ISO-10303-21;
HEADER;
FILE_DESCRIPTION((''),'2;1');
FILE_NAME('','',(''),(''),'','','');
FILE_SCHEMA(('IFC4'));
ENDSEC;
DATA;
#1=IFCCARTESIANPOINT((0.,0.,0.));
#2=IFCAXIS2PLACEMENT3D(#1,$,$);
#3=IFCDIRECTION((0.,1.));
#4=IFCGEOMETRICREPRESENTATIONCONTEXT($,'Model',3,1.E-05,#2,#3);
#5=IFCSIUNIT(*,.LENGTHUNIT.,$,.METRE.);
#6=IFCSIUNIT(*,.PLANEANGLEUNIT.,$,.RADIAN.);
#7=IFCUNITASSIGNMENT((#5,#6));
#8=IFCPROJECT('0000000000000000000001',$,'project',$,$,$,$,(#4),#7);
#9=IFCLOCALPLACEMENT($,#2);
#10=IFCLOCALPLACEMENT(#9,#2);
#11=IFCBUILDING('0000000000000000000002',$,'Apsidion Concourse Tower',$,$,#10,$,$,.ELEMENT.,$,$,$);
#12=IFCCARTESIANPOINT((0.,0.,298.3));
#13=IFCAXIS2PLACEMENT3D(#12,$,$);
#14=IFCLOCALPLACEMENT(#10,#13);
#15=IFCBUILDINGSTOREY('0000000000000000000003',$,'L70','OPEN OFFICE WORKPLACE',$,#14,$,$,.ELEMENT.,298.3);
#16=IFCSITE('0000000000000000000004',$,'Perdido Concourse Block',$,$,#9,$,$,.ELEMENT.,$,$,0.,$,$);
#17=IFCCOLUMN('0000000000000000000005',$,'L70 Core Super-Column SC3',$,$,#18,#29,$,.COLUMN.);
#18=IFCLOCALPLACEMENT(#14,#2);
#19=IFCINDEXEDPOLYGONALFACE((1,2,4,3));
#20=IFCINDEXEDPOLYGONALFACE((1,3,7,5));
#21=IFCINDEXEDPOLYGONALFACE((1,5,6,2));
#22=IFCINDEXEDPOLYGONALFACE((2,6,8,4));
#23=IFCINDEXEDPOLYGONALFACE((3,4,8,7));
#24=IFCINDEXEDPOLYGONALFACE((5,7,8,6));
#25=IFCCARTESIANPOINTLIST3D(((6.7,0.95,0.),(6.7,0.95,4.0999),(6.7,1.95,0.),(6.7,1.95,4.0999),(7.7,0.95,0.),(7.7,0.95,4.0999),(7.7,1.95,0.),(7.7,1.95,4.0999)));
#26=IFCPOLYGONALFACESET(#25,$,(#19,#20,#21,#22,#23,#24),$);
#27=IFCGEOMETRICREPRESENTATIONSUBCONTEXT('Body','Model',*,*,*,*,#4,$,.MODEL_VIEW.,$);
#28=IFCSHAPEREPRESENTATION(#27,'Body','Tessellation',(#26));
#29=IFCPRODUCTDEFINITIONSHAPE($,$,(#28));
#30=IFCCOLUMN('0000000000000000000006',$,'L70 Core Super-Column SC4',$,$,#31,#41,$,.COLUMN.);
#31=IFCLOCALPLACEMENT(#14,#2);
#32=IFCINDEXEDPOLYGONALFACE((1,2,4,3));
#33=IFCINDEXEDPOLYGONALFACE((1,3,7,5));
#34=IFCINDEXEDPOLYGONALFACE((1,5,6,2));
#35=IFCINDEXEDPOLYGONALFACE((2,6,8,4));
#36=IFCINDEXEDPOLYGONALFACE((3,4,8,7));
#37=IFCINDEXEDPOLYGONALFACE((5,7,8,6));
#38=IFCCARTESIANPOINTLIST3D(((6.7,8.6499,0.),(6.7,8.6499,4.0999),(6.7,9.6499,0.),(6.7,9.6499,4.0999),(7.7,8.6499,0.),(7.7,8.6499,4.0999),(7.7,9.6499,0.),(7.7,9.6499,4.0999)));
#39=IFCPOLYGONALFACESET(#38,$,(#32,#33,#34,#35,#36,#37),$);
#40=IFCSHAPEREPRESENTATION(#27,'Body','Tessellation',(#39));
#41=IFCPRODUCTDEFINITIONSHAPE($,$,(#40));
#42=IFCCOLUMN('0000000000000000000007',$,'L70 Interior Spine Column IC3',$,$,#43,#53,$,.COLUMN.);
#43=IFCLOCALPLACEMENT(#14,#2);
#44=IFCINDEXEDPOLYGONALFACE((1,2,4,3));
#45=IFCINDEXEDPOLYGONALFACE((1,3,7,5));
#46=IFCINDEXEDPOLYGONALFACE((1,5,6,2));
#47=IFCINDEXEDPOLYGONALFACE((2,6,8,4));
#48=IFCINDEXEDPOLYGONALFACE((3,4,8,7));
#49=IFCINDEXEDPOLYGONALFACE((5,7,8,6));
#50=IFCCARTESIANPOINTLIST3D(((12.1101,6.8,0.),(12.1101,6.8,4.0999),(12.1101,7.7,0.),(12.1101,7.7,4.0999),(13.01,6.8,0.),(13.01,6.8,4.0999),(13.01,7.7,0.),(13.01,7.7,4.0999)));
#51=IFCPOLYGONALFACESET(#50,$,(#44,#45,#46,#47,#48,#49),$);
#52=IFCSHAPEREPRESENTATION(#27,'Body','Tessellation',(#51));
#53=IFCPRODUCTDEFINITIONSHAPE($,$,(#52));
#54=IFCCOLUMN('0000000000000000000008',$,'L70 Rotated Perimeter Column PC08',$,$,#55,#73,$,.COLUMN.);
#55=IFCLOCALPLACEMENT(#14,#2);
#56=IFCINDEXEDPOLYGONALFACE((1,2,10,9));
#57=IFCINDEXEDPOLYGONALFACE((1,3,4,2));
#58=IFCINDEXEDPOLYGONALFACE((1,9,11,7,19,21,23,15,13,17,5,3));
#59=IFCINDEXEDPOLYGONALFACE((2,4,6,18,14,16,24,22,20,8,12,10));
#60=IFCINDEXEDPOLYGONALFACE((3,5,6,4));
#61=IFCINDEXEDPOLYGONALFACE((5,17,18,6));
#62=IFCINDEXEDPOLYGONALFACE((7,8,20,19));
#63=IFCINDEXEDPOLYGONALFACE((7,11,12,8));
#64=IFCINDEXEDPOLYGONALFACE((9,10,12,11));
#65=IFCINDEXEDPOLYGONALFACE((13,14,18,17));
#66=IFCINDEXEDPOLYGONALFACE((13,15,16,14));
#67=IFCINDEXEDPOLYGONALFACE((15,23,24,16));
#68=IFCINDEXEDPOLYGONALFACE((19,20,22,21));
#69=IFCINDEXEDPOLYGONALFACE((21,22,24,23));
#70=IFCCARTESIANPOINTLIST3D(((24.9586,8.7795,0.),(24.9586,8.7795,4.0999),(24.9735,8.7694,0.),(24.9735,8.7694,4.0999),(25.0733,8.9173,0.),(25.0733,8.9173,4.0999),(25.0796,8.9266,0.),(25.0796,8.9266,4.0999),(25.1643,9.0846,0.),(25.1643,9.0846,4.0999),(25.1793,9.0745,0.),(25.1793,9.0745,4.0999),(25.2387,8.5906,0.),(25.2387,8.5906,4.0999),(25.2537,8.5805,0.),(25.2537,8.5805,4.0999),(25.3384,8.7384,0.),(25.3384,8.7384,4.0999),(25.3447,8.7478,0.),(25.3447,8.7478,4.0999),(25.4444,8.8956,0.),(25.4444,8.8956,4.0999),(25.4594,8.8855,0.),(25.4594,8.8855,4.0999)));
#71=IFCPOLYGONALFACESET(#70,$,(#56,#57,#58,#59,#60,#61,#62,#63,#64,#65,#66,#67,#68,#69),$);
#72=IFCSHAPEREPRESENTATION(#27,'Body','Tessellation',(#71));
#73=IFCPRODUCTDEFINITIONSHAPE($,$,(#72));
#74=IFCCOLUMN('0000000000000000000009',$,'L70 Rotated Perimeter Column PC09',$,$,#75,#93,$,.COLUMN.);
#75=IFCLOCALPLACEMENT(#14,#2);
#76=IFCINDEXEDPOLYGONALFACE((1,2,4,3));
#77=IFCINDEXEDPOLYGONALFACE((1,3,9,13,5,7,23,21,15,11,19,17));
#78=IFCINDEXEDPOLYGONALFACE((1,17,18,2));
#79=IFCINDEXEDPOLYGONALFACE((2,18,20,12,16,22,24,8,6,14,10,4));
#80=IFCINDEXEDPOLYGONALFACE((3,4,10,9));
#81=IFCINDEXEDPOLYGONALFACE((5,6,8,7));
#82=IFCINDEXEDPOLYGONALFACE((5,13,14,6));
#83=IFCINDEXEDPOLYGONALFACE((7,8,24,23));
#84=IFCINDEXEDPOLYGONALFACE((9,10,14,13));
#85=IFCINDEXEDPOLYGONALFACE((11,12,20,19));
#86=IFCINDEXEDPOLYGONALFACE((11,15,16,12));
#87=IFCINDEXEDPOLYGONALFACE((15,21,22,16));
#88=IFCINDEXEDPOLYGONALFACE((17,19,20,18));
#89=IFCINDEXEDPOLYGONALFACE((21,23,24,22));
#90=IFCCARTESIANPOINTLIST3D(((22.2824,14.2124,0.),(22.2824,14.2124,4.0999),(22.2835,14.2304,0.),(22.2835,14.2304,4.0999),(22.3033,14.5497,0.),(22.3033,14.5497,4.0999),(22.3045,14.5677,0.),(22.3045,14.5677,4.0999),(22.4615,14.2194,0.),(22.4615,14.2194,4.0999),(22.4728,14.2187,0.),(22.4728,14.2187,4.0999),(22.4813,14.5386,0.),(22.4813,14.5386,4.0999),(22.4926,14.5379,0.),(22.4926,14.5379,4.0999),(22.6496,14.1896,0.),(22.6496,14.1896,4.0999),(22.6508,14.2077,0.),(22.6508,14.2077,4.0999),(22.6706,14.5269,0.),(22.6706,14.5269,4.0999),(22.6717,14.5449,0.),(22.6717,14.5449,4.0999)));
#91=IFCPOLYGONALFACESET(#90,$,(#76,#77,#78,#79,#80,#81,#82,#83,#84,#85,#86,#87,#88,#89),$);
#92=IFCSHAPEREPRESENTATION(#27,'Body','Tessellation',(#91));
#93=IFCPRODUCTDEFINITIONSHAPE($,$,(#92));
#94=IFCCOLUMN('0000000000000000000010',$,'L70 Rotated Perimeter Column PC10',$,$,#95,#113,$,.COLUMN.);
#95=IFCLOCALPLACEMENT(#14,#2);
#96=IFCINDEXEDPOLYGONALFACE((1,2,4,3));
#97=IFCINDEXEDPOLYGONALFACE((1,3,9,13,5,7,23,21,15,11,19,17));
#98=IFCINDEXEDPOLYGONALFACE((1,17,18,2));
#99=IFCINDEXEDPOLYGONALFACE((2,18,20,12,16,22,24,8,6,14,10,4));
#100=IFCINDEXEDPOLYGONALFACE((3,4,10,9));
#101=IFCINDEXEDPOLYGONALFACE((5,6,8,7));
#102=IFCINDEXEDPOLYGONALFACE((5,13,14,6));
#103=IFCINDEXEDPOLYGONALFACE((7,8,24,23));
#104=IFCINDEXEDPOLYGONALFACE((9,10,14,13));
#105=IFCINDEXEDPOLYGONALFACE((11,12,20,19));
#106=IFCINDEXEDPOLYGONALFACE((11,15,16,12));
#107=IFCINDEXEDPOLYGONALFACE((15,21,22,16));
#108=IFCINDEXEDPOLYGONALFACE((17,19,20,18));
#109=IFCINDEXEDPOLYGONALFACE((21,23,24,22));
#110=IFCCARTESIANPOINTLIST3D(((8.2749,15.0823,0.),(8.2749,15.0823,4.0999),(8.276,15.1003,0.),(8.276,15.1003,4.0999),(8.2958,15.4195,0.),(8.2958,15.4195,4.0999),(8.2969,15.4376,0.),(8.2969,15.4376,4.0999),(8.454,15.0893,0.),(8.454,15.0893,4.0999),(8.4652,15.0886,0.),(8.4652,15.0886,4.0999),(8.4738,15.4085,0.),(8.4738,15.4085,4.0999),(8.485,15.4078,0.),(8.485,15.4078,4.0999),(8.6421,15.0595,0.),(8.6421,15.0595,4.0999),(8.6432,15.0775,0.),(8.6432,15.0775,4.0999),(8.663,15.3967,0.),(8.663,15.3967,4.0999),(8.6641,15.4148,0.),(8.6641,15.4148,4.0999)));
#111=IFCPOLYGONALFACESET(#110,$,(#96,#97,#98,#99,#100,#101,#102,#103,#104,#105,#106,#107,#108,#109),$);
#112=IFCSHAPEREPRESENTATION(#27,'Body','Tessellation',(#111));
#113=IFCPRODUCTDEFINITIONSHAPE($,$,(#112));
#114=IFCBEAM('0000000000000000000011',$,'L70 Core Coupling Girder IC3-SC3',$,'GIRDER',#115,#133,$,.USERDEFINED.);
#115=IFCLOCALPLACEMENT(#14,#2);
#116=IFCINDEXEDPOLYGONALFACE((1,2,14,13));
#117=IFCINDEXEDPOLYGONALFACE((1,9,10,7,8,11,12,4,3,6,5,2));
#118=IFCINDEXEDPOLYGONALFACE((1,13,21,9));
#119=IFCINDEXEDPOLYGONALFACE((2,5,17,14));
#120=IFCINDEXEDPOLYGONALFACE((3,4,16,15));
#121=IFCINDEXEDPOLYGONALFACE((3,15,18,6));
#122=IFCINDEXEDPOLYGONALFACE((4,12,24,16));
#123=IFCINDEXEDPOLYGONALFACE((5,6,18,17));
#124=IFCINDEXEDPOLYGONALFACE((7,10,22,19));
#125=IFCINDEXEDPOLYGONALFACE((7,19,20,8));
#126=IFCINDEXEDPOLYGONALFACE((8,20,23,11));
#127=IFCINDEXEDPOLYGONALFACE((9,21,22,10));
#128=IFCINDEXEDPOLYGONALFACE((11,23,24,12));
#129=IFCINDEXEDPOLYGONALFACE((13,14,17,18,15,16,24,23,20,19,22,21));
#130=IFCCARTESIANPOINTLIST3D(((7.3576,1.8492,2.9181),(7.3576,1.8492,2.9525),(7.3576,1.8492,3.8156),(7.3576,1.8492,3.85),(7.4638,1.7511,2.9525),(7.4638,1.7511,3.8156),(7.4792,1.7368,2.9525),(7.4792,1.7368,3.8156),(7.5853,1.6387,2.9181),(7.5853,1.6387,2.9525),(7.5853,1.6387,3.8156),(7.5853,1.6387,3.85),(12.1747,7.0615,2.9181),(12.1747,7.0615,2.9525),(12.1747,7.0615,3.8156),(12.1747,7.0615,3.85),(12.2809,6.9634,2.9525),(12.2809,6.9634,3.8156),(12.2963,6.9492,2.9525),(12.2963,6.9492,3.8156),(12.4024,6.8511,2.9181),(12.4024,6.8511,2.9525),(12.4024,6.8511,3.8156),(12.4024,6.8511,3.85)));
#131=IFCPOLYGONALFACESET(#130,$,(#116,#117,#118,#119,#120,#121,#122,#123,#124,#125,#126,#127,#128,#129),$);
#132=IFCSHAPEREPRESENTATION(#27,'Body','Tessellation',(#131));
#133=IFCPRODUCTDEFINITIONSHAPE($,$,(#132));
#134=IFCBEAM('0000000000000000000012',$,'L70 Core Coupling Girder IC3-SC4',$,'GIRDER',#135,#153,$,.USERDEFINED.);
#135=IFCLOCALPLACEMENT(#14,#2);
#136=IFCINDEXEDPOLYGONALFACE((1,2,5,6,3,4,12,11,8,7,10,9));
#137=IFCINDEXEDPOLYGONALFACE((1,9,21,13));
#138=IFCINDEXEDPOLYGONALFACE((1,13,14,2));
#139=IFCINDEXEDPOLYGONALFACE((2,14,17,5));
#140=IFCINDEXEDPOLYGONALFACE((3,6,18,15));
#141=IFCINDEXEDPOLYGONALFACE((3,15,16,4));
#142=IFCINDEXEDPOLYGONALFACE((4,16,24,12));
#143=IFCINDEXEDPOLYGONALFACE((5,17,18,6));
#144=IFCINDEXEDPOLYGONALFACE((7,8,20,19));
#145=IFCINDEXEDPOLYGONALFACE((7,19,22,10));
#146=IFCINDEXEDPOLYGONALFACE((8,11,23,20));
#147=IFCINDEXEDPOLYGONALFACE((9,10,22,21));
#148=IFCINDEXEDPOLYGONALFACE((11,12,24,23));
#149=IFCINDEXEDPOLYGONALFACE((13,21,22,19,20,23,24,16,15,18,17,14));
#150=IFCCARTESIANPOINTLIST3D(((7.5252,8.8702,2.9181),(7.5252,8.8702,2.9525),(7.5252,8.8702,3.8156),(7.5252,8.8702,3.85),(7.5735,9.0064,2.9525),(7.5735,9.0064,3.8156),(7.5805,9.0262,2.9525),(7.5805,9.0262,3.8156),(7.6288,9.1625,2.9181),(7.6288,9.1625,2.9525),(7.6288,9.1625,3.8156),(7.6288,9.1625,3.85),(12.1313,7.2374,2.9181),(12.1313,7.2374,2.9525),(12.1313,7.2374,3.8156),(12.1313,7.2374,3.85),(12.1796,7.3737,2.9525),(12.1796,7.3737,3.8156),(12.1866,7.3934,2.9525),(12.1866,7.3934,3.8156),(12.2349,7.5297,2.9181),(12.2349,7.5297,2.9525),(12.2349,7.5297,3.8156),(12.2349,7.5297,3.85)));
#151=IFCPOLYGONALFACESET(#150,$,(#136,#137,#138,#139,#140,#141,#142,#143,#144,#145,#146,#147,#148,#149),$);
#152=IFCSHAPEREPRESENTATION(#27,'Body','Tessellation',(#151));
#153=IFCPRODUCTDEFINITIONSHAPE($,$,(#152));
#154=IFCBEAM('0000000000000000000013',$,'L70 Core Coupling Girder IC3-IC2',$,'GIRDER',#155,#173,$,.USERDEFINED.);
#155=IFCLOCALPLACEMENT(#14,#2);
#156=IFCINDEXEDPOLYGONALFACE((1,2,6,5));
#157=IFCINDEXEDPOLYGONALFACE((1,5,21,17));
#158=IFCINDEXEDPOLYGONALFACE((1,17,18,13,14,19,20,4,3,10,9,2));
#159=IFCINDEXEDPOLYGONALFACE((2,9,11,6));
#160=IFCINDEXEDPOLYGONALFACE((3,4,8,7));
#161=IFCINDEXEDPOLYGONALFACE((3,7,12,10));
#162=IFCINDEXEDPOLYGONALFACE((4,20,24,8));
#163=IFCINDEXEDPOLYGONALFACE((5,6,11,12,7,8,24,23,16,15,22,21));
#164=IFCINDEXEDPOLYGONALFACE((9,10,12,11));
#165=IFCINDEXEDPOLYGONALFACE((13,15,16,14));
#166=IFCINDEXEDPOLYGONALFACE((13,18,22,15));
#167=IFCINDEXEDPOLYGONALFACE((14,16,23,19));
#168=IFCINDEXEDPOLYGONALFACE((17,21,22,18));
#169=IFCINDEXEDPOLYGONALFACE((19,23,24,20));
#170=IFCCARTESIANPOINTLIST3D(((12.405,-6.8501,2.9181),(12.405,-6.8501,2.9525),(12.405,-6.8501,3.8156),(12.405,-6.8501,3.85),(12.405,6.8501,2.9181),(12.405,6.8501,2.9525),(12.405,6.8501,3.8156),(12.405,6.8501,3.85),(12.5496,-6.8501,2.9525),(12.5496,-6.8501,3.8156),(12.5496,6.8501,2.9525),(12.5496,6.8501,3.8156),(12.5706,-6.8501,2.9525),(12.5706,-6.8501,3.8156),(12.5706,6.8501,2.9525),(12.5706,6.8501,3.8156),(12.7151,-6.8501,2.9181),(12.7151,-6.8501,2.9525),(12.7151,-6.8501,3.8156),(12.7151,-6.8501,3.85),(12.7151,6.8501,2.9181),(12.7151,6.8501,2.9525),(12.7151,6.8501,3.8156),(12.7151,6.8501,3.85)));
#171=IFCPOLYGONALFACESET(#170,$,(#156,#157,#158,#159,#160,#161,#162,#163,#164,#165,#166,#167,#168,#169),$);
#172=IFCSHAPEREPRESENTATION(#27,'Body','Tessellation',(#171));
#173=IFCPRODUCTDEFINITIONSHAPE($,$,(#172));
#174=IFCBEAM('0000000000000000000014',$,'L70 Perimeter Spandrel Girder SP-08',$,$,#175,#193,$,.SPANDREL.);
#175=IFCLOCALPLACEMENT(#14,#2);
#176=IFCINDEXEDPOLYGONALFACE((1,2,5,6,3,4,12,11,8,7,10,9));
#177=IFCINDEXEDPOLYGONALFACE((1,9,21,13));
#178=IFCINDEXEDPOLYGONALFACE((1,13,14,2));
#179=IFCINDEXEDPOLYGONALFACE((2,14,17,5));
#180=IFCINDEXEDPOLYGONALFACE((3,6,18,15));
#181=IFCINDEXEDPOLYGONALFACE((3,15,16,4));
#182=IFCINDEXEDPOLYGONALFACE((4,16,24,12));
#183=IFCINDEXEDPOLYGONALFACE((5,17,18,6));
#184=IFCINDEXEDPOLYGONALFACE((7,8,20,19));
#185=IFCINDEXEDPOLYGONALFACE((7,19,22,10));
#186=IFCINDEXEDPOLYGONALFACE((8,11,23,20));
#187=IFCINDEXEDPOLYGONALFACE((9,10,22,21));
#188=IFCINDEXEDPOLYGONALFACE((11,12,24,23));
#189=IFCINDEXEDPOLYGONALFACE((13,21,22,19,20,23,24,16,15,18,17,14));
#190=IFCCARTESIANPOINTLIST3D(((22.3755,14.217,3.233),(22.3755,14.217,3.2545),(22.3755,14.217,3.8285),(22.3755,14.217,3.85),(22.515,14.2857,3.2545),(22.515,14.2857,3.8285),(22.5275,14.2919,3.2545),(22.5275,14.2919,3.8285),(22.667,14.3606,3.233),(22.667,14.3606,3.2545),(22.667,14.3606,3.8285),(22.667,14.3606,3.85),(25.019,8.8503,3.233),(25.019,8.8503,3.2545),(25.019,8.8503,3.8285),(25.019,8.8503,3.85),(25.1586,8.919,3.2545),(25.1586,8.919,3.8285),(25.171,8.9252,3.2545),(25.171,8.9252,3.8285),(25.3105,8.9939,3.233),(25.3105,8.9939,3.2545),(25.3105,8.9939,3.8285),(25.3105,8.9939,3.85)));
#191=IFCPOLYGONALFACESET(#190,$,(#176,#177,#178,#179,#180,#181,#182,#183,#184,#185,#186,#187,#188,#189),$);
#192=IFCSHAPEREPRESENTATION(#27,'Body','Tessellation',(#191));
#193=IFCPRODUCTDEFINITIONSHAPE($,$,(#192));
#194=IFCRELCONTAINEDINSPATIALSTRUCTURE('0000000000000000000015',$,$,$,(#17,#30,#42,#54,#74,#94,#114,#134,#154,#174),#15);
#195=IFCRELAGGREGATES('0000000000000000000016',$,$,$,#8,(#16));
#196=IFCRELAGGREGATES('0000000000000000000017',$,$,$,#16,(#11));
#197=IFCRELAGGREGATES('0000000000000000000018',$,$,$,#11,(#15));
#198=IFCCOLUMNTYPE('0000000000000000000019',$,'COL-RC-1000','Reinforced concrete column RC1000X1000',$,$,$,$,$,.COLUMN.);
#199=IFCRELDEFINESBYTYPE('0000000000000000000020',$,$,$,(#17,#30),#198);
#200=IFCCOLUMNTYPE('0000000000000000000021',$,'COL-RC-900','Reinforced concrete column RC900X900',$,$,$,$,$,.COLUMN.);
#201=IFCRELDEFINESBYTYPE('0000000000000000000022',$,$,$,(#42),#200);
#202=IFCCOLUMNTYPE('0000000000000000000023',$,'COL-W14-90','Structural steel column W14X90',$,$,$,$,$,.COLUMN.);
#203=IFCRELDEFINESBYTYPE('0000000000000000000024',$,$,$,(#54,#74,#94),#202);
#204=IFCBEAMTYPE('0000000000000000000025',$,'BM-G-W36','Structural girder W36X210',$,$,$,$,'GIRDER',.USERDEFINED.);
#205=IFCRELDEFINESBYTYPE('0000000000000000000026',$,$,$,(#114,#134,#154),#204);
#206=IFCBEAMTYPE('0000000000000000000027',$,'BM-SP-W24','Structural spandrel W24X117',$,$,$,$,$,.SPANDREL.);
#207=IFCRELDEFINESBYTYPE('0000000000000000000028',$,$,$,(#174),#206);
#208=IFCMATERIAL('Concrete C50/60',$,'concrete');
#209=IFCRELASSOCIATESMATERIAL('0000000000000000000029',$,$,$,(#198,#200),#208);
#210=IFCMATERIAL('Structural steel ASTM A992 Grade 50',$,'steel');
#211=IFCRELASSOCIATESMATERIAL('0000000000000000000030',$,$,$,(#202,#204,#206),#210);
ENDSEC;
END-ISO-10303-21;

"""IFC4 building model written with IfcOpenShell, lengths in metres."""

from ifc_helpers import new_model, si_unit, direction, frame, origin, origin_2d, place, context, subcontext, project, spatial, rectangle, i_section, extrude, material, material_profile, profile_set, type_object, element, save


model = new_model("IFC4")

# Units and contexts
model_context = context("Model", 3, precision=1e-05, world=origin(), true_north=direction((0.0, 1.0)))
body_context = subcontext(model_context, "Body", "Model", "MODEL_VIEW")
ifc_project = project(units=[si_unit("LENGTHUNIT", "METRE"), si_unit("PLANEANGLEUNIT", "RADIAN")], contexts=[model_context])

# Site, building, storey
site_placement = place(None, origin())
site = spatial("IfcSite", under=ifc_project, at=site_placement, Name="Perdido Concourse Block", CompositionType="ELEMENT", RefElevation=0.0)
building_placement = place(site_placement, origin())
building = spatial("IfcBuilding", under=site, at=building_placement, Name="Apsidion Concourse Tower", CompositionType="ELEMENT")
storey_placement = place(building_placement, frame((0.0, 0.0, 298.3)))
storey = spatial("IfcBuildingStorey", under=building, at=storey_placement, Name="L70", Description="OPEN OFFICE WORKPLACE", CompositionType="ELEMENT", Elevation=298.3)

# Columns
ifc_material_1 = material(Name="Concrete C50/60", Category="concrete")
ifc_material_profile_1 = material_profile(ifc_material_1, rectangle(XDim=1.0, YDim=1.0, at=origin_2d()), Name="RC 1000x1000")
ifc_profile_set_1 = profile_set([ifc_material_profile_1], Name="Concrete C50/60")
column_type_1 = type_object("IfcColumnType", Name="COL-RC-1000", Description="Reinforced concrete column RC1000X1000", PredefinedType="COLUMN", material=ifc_profile_set_1)
for number, where, z_axis, x_axis, name in (
    (1, (7.2, 1.45, 0.0), (0.0, 0.0, 1.0), (1.0, 0.0, 0.0), "L70 Core Super-Column SC3"),
    (2, (7.2, 9.1499, 0.0), (0.0, 0.0, 1.0), (1.0, 0.0, 0.0), "L70 Core Super-Column SC4"),
):
    element("IfcColumn", number, at=place(storey_placement, frame(where, z_axis=z_axis, x_axis=x_axis)), inside=storey, type_object=column_type_1, Name=name, PredefinedType="COLUMN", context=body_context, shape_type="SweptSolid", body=[
        extrude(rectangle(XDim=1.0, YDim=1.0, at=origin_2d()), origin(), (0.0, 0.0, 1.0), 4.0999),
    ])
ifc_material_profile_2 = material_profile(ifc_material_1, rectangle(XDim=0.8999, YDim=0.8999, at=origin_2d()), Name="RC 900x900")
ifc_profile_set_2 = profile_set([ifc_material_profile_2], Name="Concrete C50/60")
column_type_2 = type_object("IfcColumnType", Name="COL-RC-900", Description="Reinforced concrete column RC900X900", PredefinedType="COLUMN", material=ifc_profile_set_2)
column_placement = place(storey_placement, frame((12.5601, 7.25, 0.0), z_axis=(0.0, 0.0, 1.0), x_axis=(1.0, 0.0, 0.0)))
element("IfcColumn", 3, at=column_placement, inside=storey, type_object=column_type_2, Name="L70 Interior Spine Column IC3", PredefinedType="COLUMN", context=body_context, shape_type="SweptSolid", body=[
    extrude(rectangle(XDim=0.8999, YDim=0.8999, at=origin_2d()), origin(), (0.0, 0.0, 1.0), 4.0999),
])
ifc_material_2 = material(Name="Structural steel ASTM A992 Grade 50", Category="steel")
ifc_material_profile_3 = material_profile(ifc_material_2, i_section(OverallWidth=0.3679, OverallDepth=0.356, WebThickness=0.0112, FlangeThickness=0.0181, at=origin_2d()), Name="W14X90")
ifc_profile_set_3 = profile_set([ifc_material_profile_3], Name="Structural steel ASTM A992 Grade 50")
column_type_3 = type_object("IfcColumnType", Name="COL-W14-90", Description="Structural steel column W14X90", PredefinedType="COLUMN", material=ifc_profile_set_3)
for number, where, z_axis, x_axis, name in (
    (4, (25.209, 8.8325, 0.0), (0.0, 0.0, 1.0), (0.559193, 0.829038, 0.0), "L70 Rotated Perimeter Column PC08"),
    (5, (22.4771, 14.3787, 0.0), (0.0, 0.0, 1.0), (-0.998081, 0.06192, 0.0), "L70 Rotated Perimeter Column PC09"),
    (6, (8.4695, 15.2485, 0.0), (0.0, 0.0, 1.0), (-0.998081, 0.06192, 0.0), "L70 Rotated Perimeter Column PC10"),
):
    element("IfcColumn", number, at=place(storey_placement, frame(where, z_axis=z_axis, x_axis=x_axis)), inside=storey, type_object=column_type_3, Name=name, PredefinedType="COLUMN", context=body_context, shape_type="SweptSolid", body=[
        extrude(i_section(OverallWidth=0.3679, OverallDepth=0.356, WebThickness=0.0112, FlangeThickness=0.0181, at=origin_2d()), origin(), (0.0, 0.0, 1.0), 4.0999),
    ])

# Beams
ifc_material_profile_4 = material_profile(ifc_material_2, i_section(OverallWidth=0.3101, OverallDepth=0.9319, WebThickness=0.021, FlangeThickness=0.0344, at=origin_2d()), Name="W36X210")
ifc_profile_set_4 = profile_set([ifc_material_profile_4], Name="Structural steel ASTM A992 Grade 50")
beam_type_1 = type_object("IfcBeamType", Name="BM-G-W36", Description="Structural girder W36X210", ElementType="GIRDER", PredefinedType="USERDEFINED", material=ifc_profile_set_4)
beam_1_placement = place(storey_placement, frame((12.2886, 6.9563, 3.384), z_axis=(-0.678713, -0.734404, 0.0), x_axis=(0.734404, -0.678713, 0.0)))
element("IfcBeam", 7, at=beam_1_placement, inside=storey, type_object=beam_type_1, Name="L70 Core Coupling Girder IC3-SC3", ObjectType="GIRDER", PredefinedType="USERDEFINED", context=body_context, shape_type="SweptSolid", body=[
    extrude(i_section(OverallWidth=0.3101, OverallDepth=0.9319, WebThickness=0.021, FlangeThickness=0.0344, at=origin_2d()), origin(), (0.0, 0.0, 1.0), 7.0974),
])
beam_2_placement = place(storey_placement, frame((12.1831, 7.3835, 3.384), z_axis=(-0.942534, 0.334111, 0.0), x_axis=(-0.334111, -0.942534, 0.0)))
element("IfcBeam", 8, at=beam_2_placement, inside=storey, type_object=beam_type_1, Name="L70 Core Coupling Girder IC3-SC4", ObjectType="GIRDER", PredefinedType="USERDEFINED", context=body_context, shape_type="SweptSolid", body=[
    extrude(i_section(OverallWidth=0.3101, OverallDepth=0.9319, WebThickness=0.021, FlangeThickness=0.0344, at=origin_2d()), origin(), (0.0, 0.0, 1.0), 4.887),
])
beam_3_placement = place(storey_placement, frame((12.5601, 6.8501, 3.384), z_axis=(0.0, -1.0, 0.0), x_axis=(1.0, 0.0, 0.0)))
element("IfcBeam", 9, at=beam_3_placement, inside=storey, type_object=beam_type_1, Name="L70 Core Coupling Girder IC3-IC2", ObjectType="GIRDER", PredefinedType="USERDEFINED", context=body_context, shape_type="SweptSolid", body=[
    extrude(i_section(OverallWidth=0.3101, OverallDepth=0.9319, WebThickness=0.021, FlangeThickness=0.0344, at=origin_2d()), origin(), (0.0, 0.0, 1.0), 13.7002),
])
ifc_material_profile_5 = material_profile(ifc_material_2, i_section(OverallWidth=0.325, OverallDepth=0.6169, WebThickness=0.0139, FlangeThickness=0.0215, at=origin_2d()), Name="W24X117")
ifc_profile_set_5 = profile_set([ifc_material_profile_5], Name="Structural steel ASTM A992 Grade 50")
beam_type_2 = type_object("IfcBeamType", Name="BM-SP-W24", Description="Structural spandrel W24X117", PredefinedType="SPANDREL", material=ifc_profile_set_5)
beam_4_placement = place(storey_placement, frame((25.1648, 8.9221, 3.5415), z_axis=(-0.441884, 0.897072, 0.0), x_axis=(-0.897072, -0.441884, 0.0)))
element("IfcBeam", 10, at=beam_4_placement, inside=storey, type_object=beam_type_2, Name="L70 Perimeter Spandrel Girder SP-08", PredefinedType="SPANDREL", context=body_context, shape_type="SweptSolid", body=[
    extrude(i_section(OverallWidth=0.325, OverallDepth=0.6169, WebThickness=0.0139, FlangeThickness=0.0215, at=origin_2d()), origin(), (0.0, 0.0, 1.0), 5.9824),
])

save(model, "model.ifc")
